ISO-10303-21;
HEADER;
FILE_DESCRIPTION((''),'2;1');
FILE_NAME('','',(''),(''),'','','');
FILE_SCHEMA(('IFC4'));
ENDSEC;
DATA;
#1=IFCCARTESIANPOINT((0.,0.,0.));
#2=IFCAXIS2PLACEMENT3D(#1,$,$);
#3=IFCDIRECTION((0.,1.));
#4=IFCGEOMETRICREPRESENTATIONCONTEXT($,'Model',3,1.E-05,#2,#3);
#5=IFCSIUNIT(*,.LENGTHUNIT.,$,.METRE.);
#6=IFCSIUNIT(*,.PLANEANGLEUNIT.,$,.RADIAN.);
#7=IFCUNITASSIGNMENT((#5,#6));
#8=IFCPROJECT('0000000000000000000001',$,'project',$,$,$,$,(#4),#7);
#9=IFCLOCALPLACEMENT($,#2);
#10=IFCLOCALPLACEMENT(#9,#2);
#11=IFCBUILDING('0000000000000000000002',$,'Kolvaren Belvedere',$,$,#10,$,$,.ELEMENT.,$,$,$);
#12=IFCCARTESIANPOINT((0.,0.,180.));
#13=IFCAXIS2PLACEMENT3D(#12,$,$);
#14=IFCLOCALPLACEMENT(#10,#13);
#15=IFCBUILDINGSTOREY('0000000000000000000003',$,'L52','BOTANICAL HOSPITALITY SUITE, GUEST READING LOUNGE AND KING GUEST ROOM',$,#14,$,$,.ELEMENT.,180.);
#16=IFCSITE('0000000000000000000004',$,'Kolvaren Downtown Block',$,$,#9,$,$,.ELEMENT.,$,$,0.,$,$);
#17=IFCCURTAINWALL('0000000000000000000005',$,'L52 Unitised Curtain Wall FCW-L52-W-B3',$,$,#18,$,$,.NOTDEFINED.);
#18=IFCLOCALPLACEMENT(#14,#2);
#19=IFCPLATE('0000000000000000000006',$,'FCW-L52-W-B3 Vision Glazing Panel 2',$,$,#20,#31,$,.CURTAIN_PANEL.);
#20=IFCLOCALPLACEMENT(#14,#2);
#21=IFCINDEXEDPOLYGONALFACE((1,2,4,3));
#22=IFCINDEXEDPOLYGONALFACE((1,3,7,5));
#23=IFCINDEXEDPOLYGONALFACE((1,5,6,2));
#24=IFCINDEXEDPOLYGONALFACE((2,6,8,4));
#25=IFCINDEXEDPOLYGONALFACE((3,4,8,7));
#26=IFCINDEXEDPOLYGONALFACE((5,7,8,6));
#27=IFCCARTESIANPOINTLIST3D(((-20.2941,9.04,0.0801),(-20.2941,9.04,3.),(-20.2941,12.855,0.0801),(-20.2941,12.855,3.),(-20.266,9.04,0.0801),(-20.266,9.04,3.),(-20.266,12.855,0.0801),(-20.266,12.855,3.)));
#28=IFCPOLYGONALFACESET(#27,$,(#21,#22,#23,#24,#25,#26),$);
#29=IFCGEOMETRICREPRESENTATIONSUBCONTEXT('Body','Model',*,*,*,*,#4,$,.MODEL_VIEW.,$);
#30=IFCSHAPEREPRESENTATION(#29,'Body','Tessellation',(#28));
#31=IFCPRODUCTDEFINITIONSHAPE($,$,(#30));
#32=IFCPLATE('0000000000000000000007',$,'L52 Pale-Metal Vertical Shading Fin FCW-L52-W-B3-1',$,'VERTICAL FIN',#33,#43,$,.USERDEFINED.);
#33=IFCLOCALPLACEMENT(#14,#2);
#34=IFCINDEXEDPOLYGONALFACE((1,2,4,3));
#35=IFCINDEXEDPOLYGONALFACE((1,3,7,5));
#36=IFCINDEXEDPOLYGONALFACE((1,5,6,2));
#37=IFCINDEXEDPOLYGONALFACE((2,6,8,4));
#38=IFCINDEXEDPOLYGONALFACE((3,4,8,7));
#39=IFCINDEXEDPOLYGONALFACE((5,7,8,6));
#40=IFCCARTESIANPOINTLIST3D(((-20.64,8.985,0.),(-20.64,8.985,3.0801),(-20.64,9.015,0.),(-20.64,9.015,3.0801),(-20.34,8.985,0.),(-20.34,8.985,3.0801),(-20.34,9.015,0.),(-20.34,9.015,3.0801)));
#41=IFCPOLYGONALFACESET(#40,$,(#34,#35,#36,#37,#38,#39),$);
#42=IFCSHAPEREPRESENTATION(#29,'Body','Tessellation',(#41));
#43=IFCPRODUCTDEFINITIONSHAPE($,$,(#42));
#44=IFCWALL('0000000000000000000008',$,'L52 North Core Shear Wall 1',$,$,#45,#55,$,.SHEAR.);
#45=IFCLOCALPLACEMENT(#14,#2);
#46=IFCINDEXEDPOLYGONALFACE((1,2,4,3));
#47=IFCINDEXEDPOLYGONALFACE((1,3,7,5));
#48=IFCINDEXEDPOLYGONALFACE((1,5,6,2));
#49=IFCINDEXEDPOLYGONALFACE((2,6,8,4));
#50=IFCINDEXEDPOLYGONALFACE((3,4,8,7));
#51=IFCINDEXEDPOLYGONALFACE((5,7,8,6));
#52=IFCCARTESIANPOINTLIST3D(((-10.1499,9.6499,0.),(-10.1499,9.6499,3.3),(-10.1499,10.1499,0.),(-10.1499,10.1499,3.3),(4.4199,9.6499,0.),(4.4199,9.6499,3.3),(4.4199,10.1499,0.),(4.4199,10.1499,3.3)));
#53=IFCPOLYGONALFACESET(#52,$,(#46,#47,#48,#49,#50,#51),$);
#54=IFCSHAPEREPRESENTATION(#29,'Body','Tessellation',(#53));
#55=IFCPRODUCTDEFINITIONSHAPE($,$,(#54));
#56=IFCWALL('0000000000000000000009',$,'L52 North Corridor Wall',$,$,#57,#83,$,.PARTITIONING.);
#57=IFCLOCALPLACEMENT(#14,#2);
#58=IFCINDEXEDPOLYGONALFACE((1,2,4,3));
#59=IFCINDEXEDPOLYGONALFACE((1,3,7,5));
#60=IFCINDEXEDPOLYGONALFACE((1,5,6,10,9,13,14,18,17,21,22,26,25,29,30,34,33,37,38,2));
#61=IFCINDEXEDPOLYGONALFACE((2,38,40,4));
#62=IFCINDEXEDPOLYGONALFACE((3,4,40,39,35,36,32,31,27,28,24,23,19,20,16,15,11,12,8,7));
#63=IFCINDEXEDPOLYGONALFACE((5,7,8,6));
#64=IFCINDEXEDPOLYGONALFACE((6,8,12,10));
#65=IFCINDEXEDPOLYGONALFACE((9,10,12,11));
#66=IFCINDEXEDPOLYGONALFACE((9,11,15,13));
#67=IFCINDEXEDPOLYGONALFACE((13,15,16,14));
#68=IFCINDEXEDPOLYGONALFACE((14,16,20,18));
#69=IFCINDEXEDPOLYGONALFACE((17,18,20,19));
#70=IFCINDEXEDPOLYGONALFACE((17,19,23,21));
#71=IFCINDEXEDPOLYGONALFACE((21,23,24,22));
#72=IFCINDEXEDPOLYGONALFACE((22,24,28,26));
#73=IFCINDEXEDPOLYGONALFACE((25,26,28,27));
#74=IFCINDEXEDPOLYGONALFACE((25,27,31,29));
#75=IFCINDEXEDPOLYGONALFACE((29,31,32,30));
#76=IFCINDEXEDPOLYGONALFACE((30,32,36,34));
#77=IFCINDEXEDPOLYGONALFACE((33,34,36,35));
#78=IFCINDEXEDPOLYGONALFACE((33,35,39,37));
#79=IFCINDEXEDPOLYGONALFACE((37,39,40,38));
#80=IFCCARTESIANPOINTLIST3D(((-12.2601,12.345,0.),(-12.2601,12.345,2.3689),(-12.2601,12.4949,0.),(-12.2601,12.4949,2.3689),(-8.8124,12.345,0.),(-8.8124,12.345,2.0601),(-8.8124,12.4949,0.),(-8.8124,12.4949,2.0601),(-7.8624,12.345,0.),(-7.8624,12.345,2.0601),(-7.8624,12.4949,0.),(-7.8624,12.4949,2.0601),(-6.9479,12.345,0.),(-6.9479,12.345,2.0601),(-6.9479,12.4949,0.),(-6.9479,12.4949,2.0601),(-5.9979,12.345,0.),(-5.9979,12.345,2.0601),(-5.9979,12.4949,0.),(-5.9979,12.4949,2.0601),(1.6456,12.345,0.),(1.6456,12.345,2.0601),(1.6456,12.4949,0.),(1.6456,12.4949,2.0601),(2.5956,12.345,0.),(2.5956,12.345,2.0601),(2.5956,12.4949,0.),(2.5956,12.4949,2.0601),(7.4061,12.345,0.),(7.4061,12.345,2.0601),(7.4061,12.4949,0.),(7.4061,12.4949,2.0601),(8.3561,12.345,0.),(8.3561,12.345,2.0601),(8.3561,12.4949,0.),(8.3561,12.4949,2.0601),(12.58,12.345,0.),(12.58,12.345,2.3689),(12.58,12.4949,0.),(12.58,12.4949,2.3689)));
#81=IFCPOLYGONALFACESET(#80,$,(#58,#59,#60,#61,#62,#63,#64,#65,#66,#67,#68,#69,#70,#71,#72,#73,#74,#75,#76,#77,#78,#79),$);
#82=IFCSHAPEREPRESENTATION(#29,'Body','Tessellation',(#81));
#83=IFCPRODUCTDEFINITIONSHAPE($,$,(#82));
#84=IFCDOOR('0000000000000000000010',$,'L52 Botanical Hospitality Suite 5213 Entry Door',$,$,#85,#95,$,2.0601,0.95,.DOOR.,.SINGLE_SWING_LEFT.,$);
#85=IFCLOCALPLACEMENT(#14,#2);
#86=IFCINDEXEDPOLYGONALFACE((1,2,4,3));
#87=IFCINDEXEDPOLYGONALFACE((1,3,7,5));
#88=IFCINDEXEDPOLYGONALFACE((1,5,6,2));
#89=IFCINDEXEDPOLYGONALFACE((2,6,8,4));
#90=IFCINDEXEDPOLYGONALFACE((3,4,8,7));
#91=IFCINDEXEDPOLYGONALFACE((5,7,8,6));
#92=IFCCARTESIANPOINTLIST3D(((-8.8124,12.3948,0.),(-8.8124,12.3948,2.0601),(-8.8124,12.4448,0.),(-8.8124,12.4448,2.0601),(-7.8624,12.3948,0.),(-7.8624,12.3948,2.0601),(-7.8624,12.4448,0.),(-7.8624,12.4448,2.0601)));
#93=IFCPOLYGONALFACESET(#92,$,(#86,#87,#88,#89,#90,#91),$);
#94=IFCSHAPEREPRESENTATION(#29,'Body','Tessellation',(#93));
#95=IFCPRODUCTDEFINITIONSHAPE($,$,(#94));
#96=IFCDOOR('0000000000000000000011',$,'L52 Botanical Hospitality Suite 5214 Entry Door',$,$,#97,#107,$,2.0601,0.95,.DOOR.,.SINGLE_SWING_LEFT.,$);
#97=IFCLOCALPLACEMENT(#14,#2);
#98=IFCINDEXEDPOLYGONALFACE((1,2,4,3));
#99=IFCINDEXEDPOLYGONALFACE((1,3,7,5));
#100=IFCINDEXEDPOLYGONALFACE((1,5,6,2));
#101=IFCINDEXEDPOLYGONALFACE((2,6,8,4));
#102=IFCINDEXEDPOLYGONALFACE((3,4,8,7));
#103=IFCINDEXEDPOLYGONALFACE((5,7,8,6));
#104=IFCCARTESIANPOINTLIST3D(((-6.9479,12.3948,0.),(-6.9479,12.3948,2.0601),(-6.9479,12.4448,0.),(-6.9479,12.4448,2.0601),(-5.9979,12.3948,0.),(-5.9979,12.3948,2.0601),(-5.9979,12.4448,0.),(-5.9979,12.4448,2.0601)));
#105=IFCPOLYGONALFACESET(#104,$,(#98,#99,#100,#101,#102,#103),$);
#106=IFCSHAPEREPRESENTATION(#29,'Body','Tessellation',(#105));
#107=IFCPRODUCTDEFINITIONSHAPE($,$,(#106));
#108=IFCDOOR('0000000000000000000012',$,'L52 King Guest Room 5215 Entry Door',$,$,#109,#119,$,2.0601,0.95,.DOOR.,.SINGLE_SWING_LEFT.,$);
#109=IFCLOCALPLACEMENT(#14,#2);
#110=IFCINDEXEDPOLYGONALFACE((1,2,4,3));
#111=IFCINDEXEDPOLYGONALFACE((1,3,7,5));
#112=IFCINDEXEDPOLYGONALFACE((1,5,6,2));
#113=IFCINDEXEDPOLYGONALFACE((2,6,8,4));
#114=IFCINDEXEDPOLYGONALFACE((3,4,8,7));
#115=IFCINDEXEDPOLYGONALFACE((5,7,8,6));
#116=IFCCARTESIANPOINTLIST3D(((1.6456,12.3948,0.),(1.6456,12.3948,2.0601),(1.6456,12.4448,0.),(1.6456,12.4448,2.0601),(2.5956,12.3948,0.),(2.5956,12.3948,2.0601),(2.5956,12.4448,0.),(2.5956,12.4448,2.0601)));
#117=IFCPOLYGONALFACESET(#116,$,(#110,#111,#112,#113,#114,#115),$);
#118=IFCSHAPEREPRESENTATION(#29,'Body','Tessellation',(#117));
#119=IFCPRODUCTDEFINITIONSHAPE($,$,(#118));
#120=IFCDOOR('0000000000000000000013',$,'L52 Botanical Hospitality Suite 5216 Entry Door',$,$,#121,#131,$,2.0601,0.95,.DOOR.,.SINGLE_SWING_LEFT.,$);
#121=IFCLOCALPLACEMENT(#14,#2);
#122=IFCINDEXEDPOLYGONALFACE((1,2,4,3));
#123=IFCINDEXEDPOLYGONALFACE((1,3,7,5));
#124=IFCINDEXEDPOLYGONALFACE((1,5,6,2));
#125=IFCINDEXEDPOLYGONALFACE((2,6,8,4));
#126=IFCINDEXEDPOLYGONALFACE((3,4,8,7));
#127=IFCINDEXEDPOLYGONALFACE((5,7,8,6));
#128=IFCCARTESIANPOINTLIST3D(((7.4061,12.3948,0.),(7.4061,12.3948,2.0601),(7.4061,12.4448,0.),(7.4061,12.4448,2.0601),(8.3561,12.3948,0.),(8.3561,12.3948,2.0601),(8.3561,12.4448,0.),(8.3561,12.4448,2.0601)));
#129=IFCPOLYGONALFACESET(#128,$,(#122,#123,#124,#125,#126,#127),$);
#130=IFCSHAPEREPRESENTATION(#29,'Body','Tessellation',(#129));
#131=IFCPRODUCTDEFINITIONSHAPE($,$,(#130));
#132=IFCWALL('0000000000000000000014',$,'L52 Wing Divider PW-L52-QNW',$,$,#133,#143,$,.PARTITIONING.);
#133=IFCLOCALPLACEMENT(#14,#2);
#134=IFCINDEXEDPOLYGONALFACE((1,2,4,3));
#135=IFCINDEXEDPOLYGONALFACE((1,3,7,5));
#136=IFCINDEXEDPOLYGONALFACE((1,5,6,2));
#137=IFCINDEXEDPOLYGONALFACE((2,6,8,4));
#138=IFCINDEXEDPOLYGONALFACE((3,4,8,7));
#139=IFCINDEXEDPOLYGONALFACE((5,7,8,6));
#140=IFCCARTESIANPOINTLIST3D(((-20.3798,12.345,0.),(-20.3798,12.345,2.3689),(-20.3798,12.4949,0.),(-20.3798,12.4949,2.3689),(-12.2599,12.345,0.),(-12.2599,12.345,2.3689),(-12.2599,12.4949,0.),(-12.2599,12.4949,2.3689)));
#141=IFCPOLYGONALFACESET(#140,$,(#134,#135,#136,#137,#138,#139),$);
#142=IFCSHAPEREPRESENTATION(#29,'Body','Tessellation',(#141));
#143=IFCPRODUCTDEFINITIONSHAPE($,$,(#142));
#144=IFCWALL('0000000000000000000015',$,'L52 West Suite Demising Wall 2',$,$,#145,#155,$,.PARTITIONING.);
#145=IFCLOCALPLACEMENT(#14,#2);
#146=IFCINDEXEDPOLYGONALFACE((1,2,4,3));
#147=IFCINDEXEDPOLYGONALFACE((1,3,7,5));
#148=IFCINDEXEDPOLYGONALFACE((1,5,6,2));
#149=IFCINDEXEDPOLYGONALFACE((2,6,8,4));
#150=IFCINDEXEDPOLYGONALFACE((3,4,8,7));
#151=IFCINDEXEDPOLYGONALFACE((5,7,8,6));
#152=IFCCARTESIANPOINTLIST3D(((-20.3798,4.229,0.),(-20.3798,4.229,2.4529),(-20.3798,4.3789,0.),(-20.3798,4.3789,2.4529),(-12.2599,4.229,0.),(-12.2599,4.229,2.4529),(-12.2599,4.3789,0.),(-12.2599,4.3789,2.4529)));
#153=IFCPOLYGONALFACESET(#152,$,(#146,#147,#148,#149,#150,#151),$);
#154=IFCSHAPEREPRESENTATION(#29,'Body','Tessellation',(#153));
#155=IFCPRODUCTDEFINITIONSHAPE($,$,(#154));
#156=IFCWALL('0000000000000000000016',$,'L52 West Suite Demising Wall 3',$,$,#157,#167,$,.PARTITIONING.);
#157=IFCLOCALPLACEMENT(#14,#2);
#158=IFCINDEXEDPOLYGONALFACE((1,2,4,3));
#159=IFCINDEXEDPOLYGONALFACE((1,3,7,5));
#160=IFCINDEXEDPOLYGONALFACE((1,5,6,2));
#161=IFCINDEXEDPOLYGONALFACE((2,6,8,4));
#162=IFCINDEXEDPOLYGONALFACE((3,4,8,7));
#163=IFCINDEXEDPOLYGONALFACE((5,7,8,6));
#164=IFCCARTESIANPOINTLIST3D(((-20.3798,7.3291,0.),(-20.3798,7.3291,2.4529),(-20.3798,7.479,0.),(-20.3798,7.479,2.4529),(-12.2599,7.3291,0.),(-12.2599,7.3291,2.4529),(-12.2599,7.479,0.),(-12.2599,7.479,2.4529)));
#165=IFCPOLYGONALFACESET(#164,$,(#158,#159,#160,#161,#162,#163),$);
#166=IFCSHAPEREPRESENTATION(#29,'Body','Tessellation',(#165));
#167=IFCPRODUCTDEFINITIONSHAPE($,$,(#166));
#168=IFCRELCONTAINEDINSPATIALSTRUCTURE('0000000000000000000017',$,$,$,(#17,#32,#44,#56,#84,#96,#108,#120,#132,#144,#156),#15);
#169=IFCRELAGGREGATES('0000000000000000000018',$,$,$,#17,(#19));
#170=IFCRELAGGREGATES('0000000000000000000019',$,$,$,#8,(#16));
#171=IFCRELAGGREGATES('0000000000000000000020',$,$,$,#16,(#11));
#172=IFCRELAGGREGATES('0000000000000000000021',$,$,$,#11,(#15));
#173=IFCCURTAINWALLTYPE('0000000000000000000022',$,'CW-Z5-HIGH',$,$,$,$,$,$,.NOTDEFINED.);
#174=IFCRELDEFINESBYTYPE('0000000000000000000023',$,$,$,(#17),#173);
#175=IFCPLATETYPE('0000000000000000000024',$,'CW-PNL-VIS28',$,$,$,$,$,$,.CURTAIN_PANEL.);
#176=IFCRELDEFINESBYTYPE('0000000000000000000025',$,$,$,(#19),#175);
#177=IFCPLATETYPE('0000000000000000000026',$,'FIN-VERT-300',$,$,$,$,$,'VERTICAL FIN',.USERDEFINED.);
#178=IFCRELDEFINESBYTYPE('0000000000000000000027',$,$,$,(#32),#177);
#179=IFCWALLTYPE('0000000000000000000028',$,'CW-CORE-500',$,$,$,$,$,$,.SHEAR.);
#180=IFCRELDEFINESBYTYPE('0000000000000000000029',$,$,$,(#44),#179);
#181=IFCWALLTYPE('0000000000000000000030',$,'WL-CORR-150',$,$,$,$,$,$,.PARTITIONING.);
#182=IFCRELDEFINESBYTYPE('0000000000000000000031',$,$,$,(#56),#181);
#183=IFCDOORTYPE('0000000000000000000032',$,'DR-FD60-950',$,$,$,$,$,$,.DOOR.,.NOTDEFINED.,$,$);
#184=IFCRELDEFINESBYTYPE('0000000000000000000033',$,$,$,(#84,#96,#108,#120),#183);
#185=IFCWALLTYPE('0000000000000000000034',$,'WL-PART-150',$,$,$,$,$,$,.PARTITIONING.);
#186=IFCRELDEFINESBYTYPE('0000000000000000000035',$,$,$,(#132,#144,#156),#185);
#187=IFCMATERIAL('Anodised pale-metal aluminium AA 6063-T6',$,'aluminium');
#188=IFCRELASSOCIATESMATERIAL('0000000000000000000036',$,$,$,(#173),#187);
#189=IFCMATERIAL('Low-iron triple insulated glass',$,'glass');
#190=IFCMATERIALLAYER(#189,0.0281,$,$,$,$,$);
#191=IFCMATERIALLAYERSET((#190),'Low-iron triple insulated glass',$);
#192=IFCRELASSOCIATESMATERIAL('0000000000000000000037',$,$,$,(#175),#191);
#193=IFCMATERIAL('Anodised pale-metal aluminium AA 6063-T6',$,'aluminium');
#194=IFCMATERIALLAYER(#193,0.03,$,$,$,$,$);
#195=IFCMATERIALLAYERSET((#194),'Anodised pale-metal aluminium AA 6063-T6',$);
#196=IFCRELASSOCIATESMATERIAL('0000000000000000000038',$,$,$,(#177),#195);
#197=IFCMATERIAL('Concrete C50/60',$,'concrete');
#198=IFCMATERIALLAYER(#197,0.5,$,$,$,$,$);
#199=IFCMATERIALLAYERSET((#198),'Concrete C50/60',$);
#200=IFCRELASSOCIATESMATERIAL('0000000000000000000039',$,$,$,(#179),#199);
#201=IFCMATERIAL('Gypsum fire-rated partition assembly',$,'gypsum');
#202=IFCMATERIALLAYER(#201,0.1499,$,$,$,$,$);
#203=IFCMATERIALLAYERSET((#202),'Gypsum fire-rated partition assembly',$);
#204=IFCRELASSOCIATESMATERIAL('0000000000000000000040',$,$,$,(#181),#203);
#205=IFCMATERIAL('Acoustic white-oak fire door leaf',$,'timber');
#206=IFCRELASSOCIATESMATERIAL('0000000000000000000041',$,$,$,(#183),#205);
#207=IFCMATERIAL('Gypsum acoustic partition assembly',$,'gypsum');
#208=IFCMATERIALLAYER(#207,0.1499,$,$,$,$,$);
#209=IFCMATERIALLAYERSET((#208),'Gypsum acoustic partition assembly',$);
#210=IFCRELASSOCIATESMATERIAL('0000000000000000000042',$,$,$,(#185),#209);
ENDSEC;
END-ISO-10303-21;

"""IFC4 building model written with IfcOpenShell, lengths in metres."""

from ifc_helpers import new_model, si_unit, direction, frame, frame_2d, origin, origin_2d, place, context, subcontext, project, spatial, rectangle, extrude, material, layer, layer_set, type_object, element, fill, aggregate, save


model = new_model("IFC4")

# Units and contexts
model_context = context("Model", 3, precision=1e-05, world=origin(), true_north=direction((0.0, 1.0)))
body_context = subcontext(model_context, "Body", "Model", "MODEL_VIEW")
ifc_project = project(units=[si_unit("LENGTHUNIT", "METRE"), si_unit("PLANEANGLEUNIT", "RADIAN")], contexts=[model_context])

# Site, building, storey
site_placement = place(None, origin())
site = spatial("IfcSite", under=ifc_project, at=site_placement, Name="Kolvaren Downtown Block", CompositionType="ELEMENT", RefElevation=0.0)
building_placement = place(site_placement, origin())
building = spatial("IfcBuilding", under=site, at=building_placement, Name="Kolvaren Belvedere", CompositionType="ELEMENT")
storey_placement = place(building_placement, frame((0.0, 0.0, 180.0)))
storey = spatial("IfcBuildingStorey", under=building, at=storey_placement, Name="L52", Description="BOTANICAL HOSPITALITY SUITE, GUEST READING LOUNGE AND KING GUEST ROOM", CompositionType="ELEMENT", Elevation=180.0)

# Shared definitions
ifc_material_1 = material(Name="Anodised pale-metal aluminium AA 6063-T6", Category="aluminium")
curtain_wall_type = type_object("IfcCurtainWallType", Name="CW-Z5-HIGH", PredefinedType="NOTDEFINED", material=ifc_material_1)

# Curtain wall
curtain_wall_1_placement = place(storey_placement, origin())
curtain_wall_1 = element("IfcCurtainWall", 1, at=curtain_wall_1_placement, inside=storey, type_object=curtain_wall_type, Name="L52 Unitised Curtain Wall FCW-L52-W-B3", PredefinedType="NOTDEFINED")

# Plates
ifc_material_2 = material(Name="Low-iron triple insulated glass", Category="glass")
ifc_layer_1 = layer(ifc_material_2, 0.0281)
ifc_layer_set_1 = layer_set([ifc_layer_1], Name="Low-iron triple insulated glass")
plate_type_1 = type_object("IfcPlateType", Name="CW-PNL-VIS28", PredefinedType="CURTAIN_PANEL", material=ifc_layer_set_1)
plate_1_placement = place(storey_placement, frame((-20.28, 10.9475, 0.0801), z_axis=(0.0, 0.0, 1.0), x_axis=(0.0, 1.0, 0.0)))
plate_1 = element("IfcPlate", 2, at=plate_1_placement, type_object=plate_type_1, Name="FCW-L52-W-B3 Vision Glazing Panel 2", PredefinedType="CURTAIN_PANEL", context=body_context, shape_type="SweptSolid", body=[
    extrude(rectangle(XDim=3.8149, YDim=0.0281, at=origin_2d()), origin(), (0.0, 0.0, 1.0), 2.9199),
])
aggregate(curtain_wall_1, [plate_1])
ifc_material_3 = material(Name="Anodised pale-metal aluminium AA 6063-T6", Category="aluminium")
ifc_layer_2 = layer(ifc_material_3, 0.03)
ifc_layer_set_2 = layer_set([ifc_layer_2], Name="Anodised pale-metal aluminium AA 6063-T6")
plate_type_2 = type_object("IfcPlateType", Name="FIN-VERT-300", ElementType="VERTICAL FIN", PredefinedType="USERDEFINED", material=ifc_layer_set_2)
plate_2_placement = place(storey_placement, frame((-20.49, 9.0, 0.0), z_axis=(0.0, 0.0, 1.0), x_axis=(1.0, 0.0, 0.0)))
element("IfcPlate", 3, at=plate_2_placement, inside=storey, type_object=plate_type_2, Name="L52 Pale-Metal Vertical Shading Fin FCW-L52-W-B3-1", ObjectType="VERTICAL FIN", PredefinedType="USERDEFINED", context=body_context, shape_type="SweptSolid", body=[
    extrude(rectangle(XDim=0.3, YDim=0.03, at=origin_2d()), origin(), (0.0, 0.0, 1.0), 3.0801),
])

# Wall
ifc_material_4 = material(Name="Concrete C50/60", Category="concrete")
ifc_layer_3 = layer(ifc_material_4, 0.5)
ifc_layer_set_3 = layer_set([ifc_layer_3], Name="Concrete C50/60")
wall_type_1 = type_object("IfcWallType", Name="CW-CORE-500", PredefinedType="SHEAR", material=ifc_layer_set_3)
wall_1_placement = place(storey_placement, frame((-10.1499, 9.8999, 0.0), z_axis=(0.0, 0.0, 1.0), x_axis=(1.0, 0.0, 0.0)))
element("IfcWall", 4, at=wall_1_placement, inside=storey, type_object=wall_type_1, Name="L52 North Core Shear Wall 1", PredefinedType="SHEAR", context=body_context, shape_type="SweptSolid", body=[
    extrude(rectangle(XDim=14.5698, YDim=0.5, at=frame_2d((7.2849, 0.0))), origin(), (0.0, 0.0, 1.0), 3.3),
])

# Wall, openings, doors
ifc_material_5 = material(Name="Gypsum fire-rated partition assembly", Category="gypsum")
ifc_layer_4 = layer(ifc_material_5, 0.1499)
ifc_layer_set_4 = layer_set([ifc_layer_4], Name="Gypsum fire-rated partition assembly")
wall_type_2 = type_object("IfcWallType", Name="WL-CORR-150", PredefinedType="PARTITIONING", material=ifc_layer_set_4)
wall_2_placement = place(storey_placement, frame((-12.26, 12.4199, 0.0), z_axis=(0.0, 0.0, 1.0), x_axis=(1.0, 0.0, 0.0)))
wall_2 = element("IfcWall", 5, at=wall_2_placement, inside=storey, type_object=wall_type_2, Name="L52 North Corridor Wall", PredefinedType="PARTITIONING", context=body_context, shape_type="SweptSolid", body=[
    extrude(rectangle(XDim=24.8401, YDim=0.1499, at=frame_2d((12.4199, 0.0))), origin(), (0.0, 0.0, 1.0), 2.3689),
])
opening_1_placement = place(wall_2_placement, frame((3.4475, 0.0, 0.0)))
opening_1 = element("IfcOpeningElement", 6, at=opening_1_placement, cuts=wall_2, PredefinedType="OPENING", context=body_context, shape_type="SweptSolid", body=[
    extrude(rectangle(XDim=0.95, YDim=2.0601, at=frame_2d((0.4751, 1.03))), frame((0.0, 0.085, 0.0), z_axis=(0.0, -1.0, 0.0), x_axis=(1.0, 0.0, 0.0)), (0.0, 0.0, 1.0), 0.1699),
])
opening_2_placement = place(wall_2_placement, frame((5.312, 0.0, 0.0)))
opening_2 = element("IfcOpeningElement", 7, at=opening_2_placement, cuts=wall_2, PredefinedType="OPENING", context=body_context, shape_type="SweptSolid", body=[
    extrude(rectangle(XDim=0.95, YDim=2.0601, at=frame_2d((0.4751, 1.03))), frame((0.0, 0.085, 0.0), z_axis=(0.0, -1.0, 0.0), x_axis=(1.0, 0.0, 0.0)), (0.0, 0.0, 1.0), 0.1699),
])
opening_3_placement = place(wall_2_placement, frame((13.9055, 0.0, 0.0)))
opening_3 = element("IfcOpeningElement", 8, at=opening_3_placement, cuts=wall_2, PredefinedType="OPENING", context=body_context, shape_type="SweptSolid", body=[
    extrude(rectangle(XDim=0.95, YDim=2.0601, at=frame_2d((0.4751, 1.03))), frame((0.0, 0.085, 0.0), z_axis=(0.0, -1.0, 0.0), x_axis=(1.0, 0.0, 0.0)), (0.0, 0.0, 1.0), 0.1699),
])
opening_4_placement = place(wall_2_placement, frame((19.666, 0.0, 0.0)))
opening_4 = element("IfcOpeningElement", 9, at=opening_4_placement, cuts=wall_2, PredefinedType="OPENING", context=body_context, shape_type="SweptSolid", body=[
    extrude(rectangle(XDim=0.95, YDim=2.0601, at=frame_2d((0.4751, 1.03))), frame((0.0, 0.085, 0.0), z_axis=(0.0, -1.0, 0.0), x_axis=(1.0, 0.0, 0.0)), (0.0, 0.0, 1.0), 0.1699),
])
ifc_material_6 = material(Name="Acoustic white-oak fire door leaf", Category="timber")
door_type_1 = type_object("IfcDoorType", Name="DR-FD60-950", OperationType="NOTDEFINED", PredefinedType="DOOR", material=ifc_material_6)
door_1_placement = place(opening_1_placement, origin())
door_1 = element("IfcDoor", 10, at=door_1_placement, inside=storey, type_object=door_type_1, Name="L52 Botanical Hospitality Suite 5213 Entry Door", OperationType="SINGLE_SWING_LEFT", OverallHeight=2.0601, OverallWidth=0.95, PredefinedType="DOOR", context=body_context, shape_type="SweptSolid", body=[
    extrude(rectangle(XDim=0.95, YDim=2.0601, at=frame_2d((0.4751, 1.03))), frame((0.0, 0.0249, 0.0), z_axis=(0.0, -1.0, 0.0), x_axis=(1.0, 0.0, 0.0)), (0.0, 0.0, 1.0), 0.05),
])
fill(opening_1, door_1)
door_2_placement = place(opening_2_placement, origin())
door_2 = element("IfcDoor", 11, at=door_2_placement, inside=storey, type_object=door_type_1, Name="L52 Botanical Hospitality Suite 5214 Entry Door", OperationType="SINGLE_SWING_LEFT", OverallHeight=2.0601, OverallWidth=0.95, PredefinedType="DOOR", context=body_context, shape_type="SweptSolid", body=[
    extrude(rectangle(XDim=0.95, YDim=2.0601, at=frame_2d((0.4751, 1.03))), frame((0.0, 0.0249, 0.0), z_axis=(0.0, -1.0, 0.0), x_axis=(1.0, 0.0, 0.0)), (0.0, 0.0, 1.0), 0.05),
])
fill(opening_2, door_2)
door_3_placement = place(opening_3_placement, origin())
door_3 = element("IfcDoor", 12, at=door_3_placement, inside=storey, type_object=door_type_1, Name="L52 King Guest Room 5215 Entry Door", OperationType="SINGLE_SWING_LEFT", OverallHeight=2.0601, OverallWidth=0.95, PredefinedType="DOOR", context=body_context, shape_type="SweptSolid", body=[
    extrude(rectangle(XDim=0.95, YDim=2.0601, at=frame_2d((0.4751, 1.03))), frame((0.0, 0.0249, 0.0), z_axis=(0.0, -1.0, 0.0), x_axis=(1.0, 0.0, 0.0)), (0.0, 0.0, 1.0), 0.05),
])
fill(opening_3, door_3)
door_4_placement = place(opening_4_placement, origin())
door_4 = element("IfcDoor", 13, at=door_4_placement, inside=storey, type_object=door_type_1, Name="L52 Botanical Hospitality Suite 5216 Entry Door", OperationType="SINGLE_SWING_LEFT", OverallHeight=2.0601, OverallWidth=0.95, PredefinedType="DOOR", context=body_context, shape_type="SweptSolid", body=[
    extrude(rectangle(XDim=0.95, YDim=2.0601, at=frame_2d((0.4751, 1.03))), frame((0.0, 0.0249, 0.0), z_axis=(0.0, -1.0, 0.0), x_axis=(1.0, 0.0, 0.0)), (0.0, 0.0, 1.0), 0.05),
])
fill(opening_4, door_4)

# Walls
ifc_material_7 = material(Name="Gypsum acoustic partition assembly", Category="gypsum")
ifc_layer_5 = layer(ifc_material_7, 0.1499)
ifc_layer_set_5 = layer_set([ifc_layer_5], Name="Gypsum acoustic partition assembly")
wall_type_3 = type_object("IfcWallType", Name="WL-PART-150", PredefinedType="PARTITIONING", material=ifc_layer_set_5)
wall_3_placement = place(storey_placement, frame((-20.3799, 12.4199, 0.0), z_axis=(0.0, 0.0, 1.0), x_axis=(1.0, 0.0, 0.0)))
element("IfcWall", 14, at=wall_3_placement, inside=storey, type_object=wall_type_3, Name="L52 Wing Divider PW-L52-QNW", PredefinedType="PARTITIONING", context=body_context, shape_type="SweptSolid", body=[
    extrude(rectangle(XDim=8.1199, YDim=0.1499, at=frame_2d((4.0601, 0.0))), origin(), (0.0, 0.0, 1.0), 2.3689),
])
for number, where, z_axis, x_axis, name in (
    (15, (-20.3799, 4.304, 0.0), (0.0, 0.0, 1.0), (1.0, 0.0, 0.0), "L52 West Suite Demising Wall 2"),
    (16, (-20.3799, 7.4041, 0.0), (0.0, 0.0, 1.0), (1.0, 0.0, 0.0), "L52 West Suite Demising Wall 3"),
):
    element("IfcWall", number, at=place(storey_placement, frame(where, z_axis=z_axis, x_axis=x_axis)), inside=storey, type_object=wall_type_3, Name=name, PredefinedType="PARTITIONING", context=body_context, shape_type="SweptSolid", body=[
        extrude(rectangle(XDim=8.1199, YDim=0.1499, at=frame_2d((4.0601, 0.0))), origin(), (0.0, 0.0, 1.0), 2.4529),
    ])

save(model, "model.ifc")
